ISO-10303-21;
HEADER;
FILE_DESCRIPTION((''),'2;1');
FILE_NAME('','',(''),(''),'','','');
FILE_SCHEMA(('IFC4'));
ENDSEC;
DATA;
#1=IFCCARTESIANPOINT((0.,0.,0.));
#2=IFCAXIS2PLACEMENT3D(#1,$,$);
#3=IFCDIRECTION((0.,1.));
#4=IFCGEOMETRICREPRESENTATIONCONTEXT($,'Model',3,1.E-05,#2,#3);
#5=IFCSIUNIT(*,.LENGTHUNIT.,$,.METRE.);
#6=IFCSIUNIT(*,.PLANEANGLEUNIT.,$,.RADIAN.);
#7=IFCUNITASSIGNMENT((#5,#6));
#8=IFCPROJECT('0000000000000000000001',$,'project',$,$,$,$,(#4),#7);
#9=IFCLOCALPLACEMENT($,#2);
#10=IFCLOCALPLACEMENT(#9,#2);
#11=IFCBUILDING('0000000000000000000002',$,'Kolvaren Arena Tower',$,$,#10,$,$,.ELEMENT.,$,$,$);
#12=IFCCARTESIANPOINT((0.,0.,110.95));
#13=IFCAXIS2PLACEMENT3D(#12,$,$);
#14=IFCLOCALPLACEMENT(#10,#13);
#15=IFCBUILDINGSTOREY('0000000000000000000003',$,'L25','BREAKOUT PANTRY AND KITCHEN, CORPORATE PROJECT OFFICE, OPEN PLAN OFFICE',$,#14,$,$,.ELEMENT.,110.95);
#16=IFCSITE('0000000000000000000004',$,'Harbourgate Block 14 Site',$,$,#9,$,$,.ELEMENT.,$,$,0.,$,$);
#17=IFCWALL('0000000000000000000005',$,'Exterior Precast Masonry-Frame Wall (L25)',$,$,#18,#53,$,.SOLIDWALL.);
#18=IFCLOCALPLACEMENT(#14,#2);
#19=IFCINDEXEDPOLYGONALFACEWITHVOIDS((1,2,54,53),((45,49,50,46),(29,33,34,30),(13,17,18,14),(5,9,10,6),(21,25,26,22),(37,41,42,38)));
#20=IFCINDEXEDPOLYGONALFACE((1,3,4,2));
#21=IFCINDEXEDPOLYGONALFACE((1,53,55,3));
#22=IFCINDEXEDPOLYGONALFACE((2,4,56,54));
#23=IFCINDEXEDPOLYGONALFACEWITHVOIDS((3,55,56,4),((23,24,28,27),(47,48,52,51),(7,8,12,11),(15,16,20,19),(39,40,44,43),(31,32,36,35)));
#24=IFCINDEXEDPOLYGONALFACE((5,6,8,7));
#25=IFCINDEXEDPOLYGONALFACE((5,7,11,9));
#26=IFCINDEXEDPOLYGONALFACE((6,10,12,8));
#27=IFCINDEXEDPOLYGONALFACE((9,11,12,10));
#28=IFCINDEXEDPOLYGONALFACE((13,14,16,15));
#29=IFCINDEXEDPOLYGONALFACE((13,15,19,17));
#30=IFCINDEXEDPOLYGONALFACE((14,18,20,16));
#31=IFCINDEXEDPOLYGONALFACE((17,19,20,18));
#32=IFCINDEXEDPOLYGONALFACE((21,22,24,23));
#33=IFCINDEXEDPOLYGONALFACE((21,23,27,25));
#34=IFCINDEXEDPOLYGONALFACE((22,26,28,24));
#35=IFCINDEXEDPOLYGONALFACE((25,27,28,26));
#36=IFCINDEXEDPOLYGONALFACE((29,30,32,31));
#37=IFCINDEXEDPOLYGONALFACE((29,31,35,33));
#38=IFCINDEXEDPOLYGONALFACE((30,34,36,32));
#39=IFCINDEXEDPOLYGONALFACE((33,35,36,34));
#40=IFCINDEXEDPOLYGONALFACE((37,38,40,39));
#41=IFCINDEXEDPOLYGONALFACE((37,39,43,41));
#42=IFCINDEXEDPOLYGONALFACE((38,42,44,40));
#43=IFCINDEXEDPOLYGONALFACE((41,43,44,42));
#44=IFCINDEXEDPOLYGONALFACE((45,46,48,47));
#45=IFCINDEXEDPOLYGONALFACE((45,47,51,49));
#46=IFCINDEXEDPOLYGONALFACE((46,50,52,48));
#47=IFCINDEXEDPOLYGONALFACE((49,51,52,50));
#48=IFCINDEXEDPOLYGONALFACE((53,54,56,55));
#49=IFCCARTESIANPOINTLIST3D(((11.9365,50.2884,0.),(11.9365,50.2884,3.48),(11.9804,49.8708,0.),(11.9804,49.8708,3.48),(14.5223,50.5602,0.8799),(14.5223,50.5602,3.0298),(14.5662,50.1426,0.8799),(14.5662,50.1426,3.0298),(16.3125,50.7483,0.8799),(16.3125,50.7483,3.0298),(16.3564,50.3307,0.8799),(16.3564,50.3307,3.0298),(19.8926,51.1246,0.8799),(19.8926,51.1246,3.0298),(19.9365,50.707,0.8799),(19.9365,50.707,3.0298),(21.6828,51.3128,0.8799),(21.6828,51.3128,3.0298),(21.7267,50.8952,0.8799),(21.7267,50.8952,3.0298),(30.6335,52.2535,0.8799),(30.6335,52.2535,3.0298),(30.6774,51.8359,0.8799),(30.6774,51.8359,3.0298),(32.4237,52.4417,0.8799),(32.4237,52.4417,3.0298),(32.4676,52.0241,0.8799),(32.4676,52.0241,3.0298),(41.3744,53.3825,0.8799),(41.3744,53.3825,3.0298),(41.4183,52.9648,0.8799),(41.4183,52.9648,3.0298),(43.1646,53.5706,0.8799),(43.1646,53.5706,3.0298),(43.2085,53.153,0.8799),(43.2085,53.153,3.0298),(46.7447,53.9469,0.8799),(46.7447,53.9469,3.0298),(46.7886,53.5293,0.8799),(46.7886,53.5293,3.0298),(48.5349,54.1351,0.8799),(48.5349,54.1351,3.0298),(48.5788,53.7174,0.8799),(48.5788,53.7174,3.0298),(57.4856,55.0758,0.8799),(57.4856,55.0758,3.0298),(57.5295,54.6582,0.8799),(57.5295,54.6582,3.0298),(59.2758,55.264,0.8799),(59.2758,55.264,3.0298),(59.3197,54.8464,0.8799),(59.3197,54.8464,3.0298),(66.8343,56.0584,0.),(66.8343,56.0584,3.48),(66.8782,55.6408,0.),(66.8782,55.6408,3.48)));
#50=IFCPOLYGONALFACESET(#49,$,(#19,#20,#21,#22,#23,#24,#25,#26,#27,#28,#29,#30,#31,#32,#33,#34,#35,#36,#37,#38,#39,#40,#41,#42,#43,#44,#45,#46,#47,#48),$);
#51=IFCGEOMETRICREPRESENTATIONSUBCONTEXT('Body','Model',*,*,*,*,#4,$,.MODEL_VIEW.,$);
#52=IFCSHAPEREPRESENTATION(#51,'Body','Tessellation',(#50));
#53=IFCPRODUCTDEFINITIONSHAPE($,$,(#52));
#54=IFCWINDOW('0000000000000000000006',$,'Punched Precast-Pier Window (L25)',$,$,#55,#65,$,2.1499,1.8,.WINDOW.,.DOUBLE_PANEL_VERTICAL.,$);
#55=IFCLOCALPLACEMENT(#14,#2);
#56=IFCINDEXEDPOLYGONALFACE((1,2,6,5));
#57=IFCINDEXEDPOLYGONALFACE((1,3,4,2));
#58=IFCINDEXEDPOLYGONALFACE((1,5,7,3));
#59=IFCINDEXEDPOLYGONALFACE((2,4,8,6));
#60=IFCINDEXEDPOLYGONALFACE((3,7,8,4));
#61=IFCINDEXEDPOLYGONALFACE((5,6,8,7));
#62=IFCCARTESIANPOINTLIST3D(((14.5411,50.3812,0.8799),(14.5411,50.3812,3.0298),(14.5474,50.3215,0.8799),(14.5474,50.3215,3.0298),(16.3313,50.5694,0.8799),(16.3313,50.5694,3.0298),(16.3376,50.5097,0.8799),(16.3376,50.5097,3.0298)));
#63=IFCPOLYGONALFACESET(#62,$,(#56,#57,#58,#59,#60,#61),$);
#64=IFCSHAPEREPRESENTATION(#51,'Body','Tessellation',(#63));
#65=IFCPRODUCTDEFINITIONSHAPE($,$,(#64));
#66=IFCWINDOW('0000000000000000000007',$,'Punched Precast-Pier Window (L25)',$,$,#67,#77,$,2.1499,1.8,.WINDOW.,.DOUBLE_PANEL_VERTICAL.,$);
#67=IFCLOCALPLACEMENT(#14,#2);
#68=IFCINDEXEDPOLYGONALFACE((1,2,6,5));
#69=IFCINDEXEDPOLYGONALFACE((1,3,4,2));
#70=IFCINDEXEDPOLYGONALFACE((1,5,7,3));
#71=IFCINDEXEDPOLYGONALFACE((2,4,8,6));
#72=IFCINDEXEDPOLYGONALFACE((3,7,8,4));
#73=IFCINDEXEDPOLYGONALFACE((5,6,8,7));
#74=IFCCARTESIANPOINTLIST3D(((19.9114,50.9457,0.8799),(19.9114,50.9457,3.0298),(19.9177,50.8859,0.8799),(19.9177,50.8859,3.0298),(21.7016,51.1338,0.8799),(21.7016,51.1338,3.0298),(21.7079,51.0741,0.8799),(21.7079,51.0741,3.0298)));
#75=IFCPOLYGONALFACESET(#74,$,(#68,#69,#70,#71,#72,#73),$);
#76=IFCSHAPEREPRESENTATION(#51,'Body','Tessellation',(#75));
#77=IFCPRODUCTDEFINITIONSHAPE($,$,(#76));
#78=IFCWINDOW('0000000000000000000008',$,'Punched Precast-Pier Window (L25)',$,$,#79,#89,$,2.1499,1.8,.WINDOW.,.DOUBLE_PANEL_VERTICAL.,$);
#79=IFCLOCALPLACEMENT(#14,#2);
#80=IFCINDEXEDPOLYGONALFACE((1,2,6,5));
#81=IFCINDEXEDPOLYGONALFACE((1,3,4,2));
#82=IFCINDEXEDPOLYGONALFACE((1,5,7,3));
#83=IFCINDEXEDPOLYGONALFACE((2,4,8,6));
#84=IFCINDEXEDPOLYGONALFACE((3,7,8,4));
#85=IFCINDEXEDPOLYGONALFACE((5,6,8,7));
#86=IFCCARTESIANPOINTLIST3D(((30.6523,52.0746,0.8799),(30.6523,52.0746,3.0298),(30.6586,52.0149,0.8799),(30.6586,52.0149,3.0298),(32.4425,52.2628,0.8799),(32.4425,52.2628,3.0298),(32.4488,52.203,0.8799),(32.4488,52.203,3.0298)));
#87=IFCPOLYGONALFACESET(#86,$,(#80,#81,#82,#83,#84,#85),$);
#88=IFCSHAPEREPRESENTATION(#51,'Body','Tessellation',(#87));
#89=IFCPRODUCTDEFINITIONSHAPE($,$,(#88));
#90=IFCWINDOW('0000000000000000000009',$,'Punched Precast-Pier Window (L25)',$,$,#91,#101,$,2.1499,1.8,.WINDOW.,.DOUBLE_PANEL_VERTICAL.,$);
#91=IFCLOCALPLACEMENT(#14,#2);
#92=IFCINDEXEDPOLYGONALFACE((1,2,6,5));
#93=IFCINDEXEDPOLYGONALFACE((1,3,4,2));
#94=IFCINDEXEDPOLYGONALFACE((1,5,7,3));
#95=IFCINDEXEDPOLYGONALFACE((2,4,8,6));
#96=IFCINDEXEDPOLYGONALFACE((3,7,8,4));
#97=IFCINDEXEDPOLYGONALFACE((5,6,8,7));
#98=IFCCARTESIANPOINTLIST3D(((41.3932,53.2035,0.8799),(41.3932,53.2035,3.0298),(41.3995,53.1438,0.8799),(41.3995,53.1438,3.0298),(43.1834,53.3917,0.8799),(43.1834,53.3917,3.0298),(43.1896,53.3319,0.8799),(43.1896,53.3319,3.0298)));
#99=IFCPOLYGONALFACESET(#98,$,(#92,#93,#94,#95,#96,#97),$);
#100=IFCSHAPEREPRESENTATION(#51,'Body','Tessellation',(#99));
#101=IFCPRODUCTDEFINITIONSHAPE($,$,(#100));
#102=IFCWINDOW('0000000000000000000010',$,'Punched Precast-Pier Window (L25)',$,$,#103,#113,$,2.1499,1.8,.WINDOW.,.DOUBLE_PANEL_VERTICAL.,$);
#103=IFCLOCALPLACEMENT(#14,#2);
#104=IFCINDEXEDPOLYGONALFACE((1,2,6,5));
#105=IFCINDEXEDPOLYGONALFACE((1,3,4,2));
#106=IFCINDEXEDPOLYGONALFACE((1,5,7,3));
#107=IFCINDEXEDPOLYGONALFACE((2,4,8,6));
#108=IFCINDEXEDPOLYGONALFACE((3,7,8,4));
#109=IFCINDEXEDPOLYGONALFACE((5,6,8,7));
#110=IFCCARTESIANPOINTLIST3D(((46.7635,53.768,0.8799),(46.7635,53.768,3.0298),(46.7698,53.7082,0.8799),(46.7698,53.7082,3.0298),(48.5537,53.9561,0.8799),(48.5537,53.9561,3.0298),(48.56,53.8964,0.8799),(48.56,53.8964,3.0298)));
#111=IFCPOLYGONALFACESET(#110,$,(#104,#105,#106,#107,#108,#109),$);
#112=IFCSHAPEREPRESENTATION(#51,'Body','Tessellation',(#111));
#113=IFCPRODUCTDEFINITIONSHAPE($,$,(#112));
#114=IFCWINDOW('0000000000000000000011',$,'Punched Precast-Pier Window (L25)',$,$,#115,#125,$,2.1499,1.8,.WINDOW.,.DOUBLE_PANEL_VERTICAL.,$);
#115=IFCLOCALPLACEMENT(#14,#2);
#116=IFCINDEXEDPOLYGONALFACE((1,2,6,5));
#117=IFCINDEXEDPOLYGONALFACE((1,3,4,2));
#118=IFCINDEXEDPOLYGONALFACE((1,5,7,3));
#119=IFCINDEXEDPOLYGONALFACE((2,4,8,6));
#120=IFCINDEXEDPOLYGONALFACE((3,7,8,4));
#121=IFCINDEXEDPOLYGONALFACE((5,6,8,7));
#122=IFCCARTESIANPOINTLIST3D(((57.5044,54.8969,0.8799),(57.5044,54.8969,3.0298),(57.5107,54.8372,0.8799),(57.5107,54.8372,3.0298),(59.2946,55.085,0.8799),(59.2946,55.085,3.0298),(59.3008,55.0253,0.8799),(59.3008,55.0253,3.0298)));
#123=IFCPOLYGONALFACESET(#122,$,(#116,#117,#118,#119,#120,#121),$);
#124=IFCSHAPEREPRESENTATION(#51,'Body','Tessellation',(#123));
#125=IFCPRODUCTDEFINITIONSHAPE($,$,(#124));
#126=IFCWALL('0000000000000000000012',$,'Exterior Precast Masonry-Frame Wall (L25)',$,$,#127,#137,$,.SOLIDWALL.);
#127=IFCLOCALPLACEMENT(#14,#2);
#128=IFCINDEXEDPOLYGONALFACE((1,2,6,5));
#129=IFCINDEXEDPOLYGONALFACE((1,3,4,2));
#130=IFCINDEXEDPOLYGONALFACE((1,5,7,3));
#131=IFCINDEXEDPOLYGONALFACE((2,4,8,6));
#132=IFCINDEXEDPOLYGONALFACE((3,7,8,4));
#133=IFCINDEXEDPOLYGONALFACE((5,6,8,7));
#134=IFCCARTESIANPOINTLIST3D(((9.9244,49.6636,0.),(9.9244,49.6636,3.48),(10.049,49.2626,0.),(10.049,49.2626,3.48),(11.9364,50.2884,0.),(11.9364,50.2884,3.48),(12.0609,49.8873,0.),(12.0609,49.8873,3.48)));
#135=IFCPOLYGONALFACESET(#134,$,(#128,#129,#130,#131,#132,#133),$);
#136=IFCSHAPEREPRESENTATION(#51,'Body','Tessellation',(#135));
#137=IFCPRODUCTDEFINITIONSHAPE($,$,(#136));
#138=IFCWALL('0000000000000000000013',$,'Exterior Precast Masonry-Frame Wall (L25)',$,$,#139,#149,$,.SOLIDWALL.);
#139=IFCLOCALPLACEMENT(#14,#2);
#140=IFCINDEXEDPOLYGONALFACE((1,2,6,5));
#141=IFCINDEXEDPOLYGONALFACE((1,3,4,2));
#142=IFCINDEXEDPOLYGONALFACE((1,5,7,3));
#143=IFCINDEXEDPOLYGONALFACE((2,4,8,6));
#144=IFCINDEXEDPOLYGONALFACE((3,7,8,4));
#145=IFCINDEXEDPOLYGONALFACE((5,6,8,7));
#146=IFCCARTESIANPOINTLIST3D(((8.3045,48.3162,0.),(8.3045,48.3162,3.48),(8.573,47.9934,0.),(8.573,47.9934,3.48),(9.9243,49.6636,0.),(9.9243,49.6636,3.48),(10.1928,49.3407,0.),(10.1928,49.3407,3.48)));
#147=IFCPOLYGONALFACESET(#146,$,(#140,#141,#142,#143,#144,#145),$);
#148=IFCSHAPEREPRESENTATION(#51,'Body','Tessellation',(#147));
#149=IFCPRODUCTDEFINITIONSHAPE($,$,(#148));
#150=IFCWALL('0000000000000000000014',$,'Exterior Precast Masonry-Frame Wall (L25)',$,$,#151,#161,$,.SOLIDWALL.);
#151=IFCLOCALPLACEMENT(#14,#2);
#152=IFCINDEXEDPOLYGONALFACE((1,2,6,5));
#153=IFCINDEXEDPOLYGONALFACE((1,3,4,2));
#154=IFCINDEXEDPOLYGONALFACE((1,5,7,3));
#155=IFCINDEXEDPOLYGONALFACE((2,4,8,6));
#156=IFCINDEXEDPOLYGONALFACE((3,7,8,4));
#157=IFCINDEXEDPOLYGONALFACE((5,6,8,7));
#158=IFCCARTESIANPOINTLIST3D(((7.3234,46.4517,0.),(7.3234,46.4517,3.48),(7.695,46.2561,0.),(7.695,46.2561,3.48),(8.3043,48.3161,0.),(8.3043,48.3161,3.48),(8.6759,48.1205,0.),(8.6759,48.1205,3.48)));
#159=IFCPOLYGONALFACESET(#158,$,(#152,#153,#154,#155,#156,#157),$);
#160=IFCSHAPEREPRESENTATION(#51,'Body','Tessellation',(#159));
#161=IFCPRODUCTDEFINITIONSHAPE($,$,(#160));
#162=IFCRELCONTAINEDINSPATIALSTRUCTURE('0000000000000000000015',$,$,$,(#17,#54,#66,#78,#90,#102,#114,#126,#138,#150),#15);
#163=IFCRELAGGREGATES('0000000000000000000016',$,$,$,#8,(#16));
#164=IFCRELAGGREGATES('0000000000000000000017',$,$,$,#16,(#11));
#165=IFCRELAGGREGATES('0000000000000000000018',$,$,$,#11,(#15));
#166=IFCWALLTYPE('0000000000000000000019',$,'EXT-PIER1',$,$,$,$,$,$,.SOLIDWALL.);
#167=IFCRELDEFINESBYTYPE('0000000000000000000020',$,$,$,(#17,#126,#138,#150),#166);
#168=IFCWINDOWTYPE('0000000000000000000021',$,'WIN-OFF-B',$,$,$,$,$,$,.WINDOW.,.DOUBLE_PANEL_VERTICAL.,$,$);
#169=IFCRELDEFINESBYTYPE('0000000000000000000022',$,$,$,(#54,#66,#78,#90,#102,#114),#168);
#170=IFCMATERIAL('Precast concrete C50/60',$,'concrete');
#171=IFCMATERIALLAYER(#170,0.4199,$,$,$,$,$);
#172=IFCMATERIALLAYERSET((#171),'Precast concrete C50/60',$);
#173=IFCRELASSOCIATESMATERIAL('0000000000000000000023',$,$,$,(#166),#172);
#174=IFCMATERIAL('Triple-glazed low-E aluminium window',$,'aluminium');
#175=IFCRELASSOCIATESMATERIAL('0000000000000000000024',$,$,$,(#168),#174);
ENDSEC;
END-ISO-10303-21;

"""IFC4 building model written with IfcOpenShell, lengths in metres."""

from ifc_helpers import new_model, si_unit, direction, frame, frame_2d, origin, place, context, subcontext, project, spatial, rectangle, extrude, material, layer, layer_set, type_object, element, fill, save


model = new_model("IFC4")

# Units and contexts
model_context = context("Model", 3, precision=1e-05, world=origin(), true_north=direction((0.0, 1.0)))
body_context = subcontext(model_context, "Body", "Model", "MODEL_VIEW")
ifc_project = project(units=[si_unit("LENGTHUNIT", "METRE"), si_unit("PLANEANGLEUNIT", "RADIAN")], contexts=[model_context])

# Site, building, storey
site_placement = place(None, origin())
site = spatial("IfcSite", under=ifc_project, at=site_placement, Name="Harbourgate Block 14 Site", CompositionType="ELEMENT", RefElevation=0.0)
building_placement = place(site_placement, origin())
building = spatial("IfcBuilding", under=site, at=building_placement, Name="Kolvaren Arena Tower", CompositionType="ELEMENT")
storey_placement = place(building_placement, frame((0.0, 0.0, 110.95)))
storey = spatial("IfcBuildingStorey", under=building, at=storey_placement, Name="L25", Description="BREAKOUT PANTRY AND KITCHEN, CORPORATE PROJECT OFFICE, OPEN PLAN OFFICE", CompositionType="ELEMENT", Elevation=110.95)

# Wall, openings, windows
ifc_material_1 = material(Name="Precast concrete C50/60", Category="concrete")
ifc_layer_1 = layer(ifc_material_1, 0.4199)
ifc_layer_set_1 = layer_set([ifc_layer_1], Name="Precast concrete C50/60")
wall_type_1 = type_object("IfcWallType", Name="EXT-PIER1", PredefinedType="SOLIDWALL", material=ifc_layer_set_1)
wall_1_placement = place(storey_placement, frame((11.9585, 50.0796, 0.0), z_axis=(0.0, 0.0, 1.0), x_axis=(0.994522, 0.104529, 0.0)))
wall_1 = element("IfcWall", 1, at=wall_1_placement, inside=storey, type_object=wall_type_1, Name="Exterior Precast Masonry-Frame Wall (L25)", PredefinedType="SOLIDWALL", context=body_context, shape_type="SweptSolid", body=[
    extrude(rectangle(XDim=55.2002, YDim=0.4199, at=frame_2d((27.6001, 0.0))), origin(), (0.0, 0.0, 1.0), 3.48),
])
opening_1_placement = place(wall_1_placement, frame((2.6001, 0.0, 0.8799)))
opening_1 = element("IfcOpeningElement", 2, at=opening_1_placement, cuts=wall_1, PredefinedType="OPENING", context=body_context, shape_type="SweptSolid", body=[
    extrude(rectangle(XDim=1.8, YDim=2.1499, at=frame_2d((0.8999, 1.075))), frame((0.0, 0.22, 0.0), z_axis=(0.0, -1.0, 0.0), x_axis=(1.0, 0.0, 0.0)), (0.0, 0.0, 1.0), 0.4399),
])
opening_2_placement = place(wall_1_placement, frame((8.0, 0.0, 0.8799)))
opening_2 = element("IfcOpeningElement", 3, at=opening_2_placement, cuts=wall_1, PredefinedType="OPENING", context=body_context, shape_type="SweptSolid", body=[
    extrude(rectangle(XDim=1.8, YDim=2.1499, at=frame_2d((0.8999, 1.075))), frame((0.0, 0.22, 0.0), z_axis=(0.0, -1.0, 0.0), x_axis=(1.0, 0.0, 0.0)), (0.0, 0.0, 1.0), 0.4399),
])
opening_3_placement = place(wall_1_placement, frame((18.8, 0.0, 0.8799)))
opening_3 = element("IfcOpeningElement", 4, at=opening_3_placement, cuts=wall_1, PredefinedType="OPENING", context=body_context, shape_type="SweptSolid", body=[
    extrude(rectangle(XDim=1.8, YDim=2.1499, at=frame_2d((0.8999, 1.075))), frame((0.0, 0.22, 0.0), z_axis=(0.0, -1.0, 0.0), x_axis=(1.0, 0.0, 0.0)), (0.0, 0.0, 1.0), 0.4399),
])
opening_4_placement = place(wall_1_placement, frame((29.6001, 0.0, 0.8799)))
opening_4 = element("IfcOpeningElement", 5, at=opening_4_placement, cuts=wall_1, PredefinedType="OPENING", context=body_context, shape_type="SweptSolid", body=[
    extrude(rectangle(XDim=1.8, YDim=2.1499, at=frame_2d((0.8999, 1.075))), frame((0.0, 0.22, 0.0), z_axis=(0.0, -1.0, 0.0), x_axis=(1.0, 0.0, 0.0)), (0.0, 0.0, 1.0), 0.4399),
])
opening_5_placement = place(wall_1_placement, frame((35.0, 0.0, 0.8799)))
opening_5 = element("IfcOpeningElement", 6, at=opening_5_placement, cuts=wall_1, PredefinedType="OPENING", context=body_context, shape_type="SweptSolid", body=[
    extrude(rectangle(XDim=1.8, YDim=2.1499, at=frame_2d((0.8999, 1.075))), frame((0.0, 0.22, 0.0), z_axis=(0.0, -1.0, 0.0), x_axis=(1.0, 0.0, 0.0)), (0.0, 0.0, 1.0), 0.4399),
])
opening_6_placement = place(wall_1_placement, frame((45.8, 0.0, 0.8799)))
opening_6 = element("IfcOpeningElement", 7, at=opening_6_placement, cuts=wall_1, PredefinedType="OPENING", context=body_context, shape_type="SweptSolid", body=[
    extrude(rectangle(XDim=1.8, YDim=2.1499, at=frame_2d((0.8999, 1.075))), frame((0.0, 0.22, 0.0), z_axis=(0.0, -1.0, 0.0), x_axis=(1.0, 0.0, 0.0)), (0.0, 0.0, 1.0), 0.4399),
])
ifc_material_2 = material(Name="Triple-glazed low-E aluminium window", Category="aluminium")
window_type = type_object("IfcWindowType", Name="WIN-OFF-B", PartitioningType="DOUBLE_PANEL_VERTICAL", PredefinedType="WINDOW", material=ifc_material_2)
window_1_placement = place(opening_1_placement, origin())
window_1 = element("IfcWindow", 8, at=window_1_placement, inside=storey, type_object=window_type, Name="Punched Precast-Pier Window (L25)", OverallHeight=2.1499, OverallWidth=1.8, PartitioningType="DOUBLE_PANEL_VERTICAL", PredefinedType="WINDOW", context=body_context, shape_type="SweptSolid", body=[
    extrude(rectangle(XDim=1.8, YDim=2.1499, at=frame_2d((0.8999, 1.075))), frame((0.0, 0.03, 0.0), z_axis=(0.0, -1.0, 0.0), x_axis=(1.0, 0.0, 0.0)), (0.0, 0.0, 1.0), 0.0601),
])
fill(opening_1, window_1)
window_2_placement = place(opening_2_placement, origin())
window_2 = element("IfcWindow", 9, at=window_2_placement, inside=storey, type_object=window_type, Name="Punched Precast-Pier Window (L25)", OverallHeight=2.1499, OverallWidth=1.8, PartitioningType="DOUBLE_PANEL_VERTICAL", PredefinedType="WINDOW", context=body_context, shape_type="SweptSolid", body=[
    extrude(rectangle(XDim=1.8, YDim=2.1499, at=frame_2d((0.8999, 1.075))), frame((0.0, 0.03, 0.0), z_axis=(0.0, -1.0, 0.0), x_axis=(1.0, 0.0, 0.0)), (0.0, 0.0, 1.0), 0.0601),
])
fill(opening_2, window_2)
window_3_placement = place(opening_3_placement, origin())
window_3 = element("IfcWindow", 10, at=window_3_placement, inside=storey, type_object=window_type, Name="Punched Precast-Pier Window (L25)", OverallHeight=2.1499, OverallWidth=1.8, PartitioningType="DOUBLE_PANEL_VERTICAL", PredefinedType="WINDOW", context=body_context, shape_type="SweptSolid", body=[
    extrude(rectangle(XDim=1.8, YDim=2.1499, at=frame_2d((0.8999, 1.075))), frame((0.0, 0.03, 0.0), z_axis=(0.0, -1.0, 0.0), x_axis=(1.0, 0.0, 0.0)), (0.0, 0.0, 1.0), 0.0601),
])
fill(opening_3, window_3)
window_4_placement = place(opening_4_placement, origin())
window_4 = element("IfcWindow", 11, at=window_4_placement, inside=storey, type_object=window_type, Name="Punched Precast-Pier Window (L25)", OverallHeight=2.1499, OverallWidth=1.8, PartitioningType="DOUBLE_PANEL_VERTICAL", PredefinedType="WINDOW", context=body_context, shape_type="SweptSolid", body=[
    extrude(rectangle(XDim=1.8, YDim=2.1499, at=frame_2d((0.8999, 1.075))), frame((0.0, 0.03, 0.0), z_axis=(0.0, -1.0, 0.0), x_axis=(1.0, 0.0, 0.0)), (0.0, 0.0, 1.0), 0.0601),
])
fill(opening_4, window_4)
window_5_placement = place(opening_5_placement, origin())
window_5 = element("IfcWindow", 12, at=window_5_placement, inside=storey, type_object=window_type, Name="Punched Precast-Pier Window (L25)", OverallHeight=2.1499, OverallWidth=1.8, PartitioningType="DOUBLE_PANEL_VERTICAL", PredefinedType="WINDOW", context=body_context, shape_type="SweptSolid", body=[
    extrude(rectangle(XDim=1.8, YDim=2.1499, at=frame_2d((0.8999, 1.075))), frame((0.0, 0.03, 0.0), z_axis=(0.0, -1.0, 0.0), x_axis=(1.0, 0.0, 0.0)), (0.0, 0.0, 1.0), 0.0601),
])
fill(opening_5, window_5)
window_6_placement = place(opening_6_placement, origin())
window_6 = element("IfcWindow", 13, at=window_6_placement, inside=storey, type_object=window_type, Name="Punched Precast-Pier Window (L25)", OverallHeight=2.1499, OverallWidth=1.8, PartitioningType="DOUBLE_PANEL_VERTICAL", PredefinedType="WINDOW", context=body_context, shape_type="SweptSolid", body=[
    extrude(rectangle(XDim=1.8, YDim=2.1499, at=frame_2d((0.8999, 1.075))), frame((0.0, 0.03, 0.0), z_axis=(0.0, -1.0, 0.0), x_axis=(1.0, 0.0, 0.0)), (0.0, 0.0, 1.0), 0.0601),
])
fill(opening_6, window_6)

# Walls
wall_2_placement = place(storey_placement, frame((9.9868, 49.4631, 0.0), z_axis=(0.0, 0.0, 1.0), x_axis=(0.955017, 0.296552, 0.0)))
element("IfcWall", 14, at=wall_2_placement, inside=storey, type_object=wall_type_1, Name="Exterior Precast Masonry-Frame Wall (L25)", PredefinedType="SOLIDWALL", context=body_context, shape_type="SweptSolid", body=[
    extrude(rectangle(XDim=2.1067, YDim=0.4199, at=frame_2d((1.0532, 0.0))), origin(), (0.0, 0.0, 1.0), 3.48),
])
wall_3_placement = place(storey_placement, frame((8.4387, 48.1548, 0.0), z_axis=(0.0, 0.0, 1.0), x_axis=(0.7688, 0.639489, 0.0)))
element("IfcWall", 15, at=wall_3_placement, inside=storey, type_object=wall_type_1, Name="Exterior Precast Masonry-Frame Wall (L25)", PredefinedType="SOLIDWALL", context=body_context, shape_type="SweptSolid", body=[
    extrude(rectangle(XDim=2.1069, YDim=0.4199, at=frame_2d((1.0535, 0.0))), origin(), (0.0, 0.0, 1.0), 3.48),
])
wall_4_placement = place(storey_placement, frame((7.5093, 46.354, 0.0), z_axis=(0.0, 0.0, 1.0), x_axis=(0.465613, 0.884989, 0.0)))
element("IfcWall", 16, at=wall_4_placement, inside=storey, type_object=wall_type_1, Name="Exterior Precast Masonry-Frame Wall (L25)", PredefinedType="SOLIDWALL", context=body_context, shape_type="SweptSolid", body=[
    extrude(rectangle(XDim=2.1067, YDim=0.4199, at=frame_2d((1.0532, 0.0))), origin(), (0.0, 0.0, 1.0), 3.48),
])

save(model, "model.ifc")
